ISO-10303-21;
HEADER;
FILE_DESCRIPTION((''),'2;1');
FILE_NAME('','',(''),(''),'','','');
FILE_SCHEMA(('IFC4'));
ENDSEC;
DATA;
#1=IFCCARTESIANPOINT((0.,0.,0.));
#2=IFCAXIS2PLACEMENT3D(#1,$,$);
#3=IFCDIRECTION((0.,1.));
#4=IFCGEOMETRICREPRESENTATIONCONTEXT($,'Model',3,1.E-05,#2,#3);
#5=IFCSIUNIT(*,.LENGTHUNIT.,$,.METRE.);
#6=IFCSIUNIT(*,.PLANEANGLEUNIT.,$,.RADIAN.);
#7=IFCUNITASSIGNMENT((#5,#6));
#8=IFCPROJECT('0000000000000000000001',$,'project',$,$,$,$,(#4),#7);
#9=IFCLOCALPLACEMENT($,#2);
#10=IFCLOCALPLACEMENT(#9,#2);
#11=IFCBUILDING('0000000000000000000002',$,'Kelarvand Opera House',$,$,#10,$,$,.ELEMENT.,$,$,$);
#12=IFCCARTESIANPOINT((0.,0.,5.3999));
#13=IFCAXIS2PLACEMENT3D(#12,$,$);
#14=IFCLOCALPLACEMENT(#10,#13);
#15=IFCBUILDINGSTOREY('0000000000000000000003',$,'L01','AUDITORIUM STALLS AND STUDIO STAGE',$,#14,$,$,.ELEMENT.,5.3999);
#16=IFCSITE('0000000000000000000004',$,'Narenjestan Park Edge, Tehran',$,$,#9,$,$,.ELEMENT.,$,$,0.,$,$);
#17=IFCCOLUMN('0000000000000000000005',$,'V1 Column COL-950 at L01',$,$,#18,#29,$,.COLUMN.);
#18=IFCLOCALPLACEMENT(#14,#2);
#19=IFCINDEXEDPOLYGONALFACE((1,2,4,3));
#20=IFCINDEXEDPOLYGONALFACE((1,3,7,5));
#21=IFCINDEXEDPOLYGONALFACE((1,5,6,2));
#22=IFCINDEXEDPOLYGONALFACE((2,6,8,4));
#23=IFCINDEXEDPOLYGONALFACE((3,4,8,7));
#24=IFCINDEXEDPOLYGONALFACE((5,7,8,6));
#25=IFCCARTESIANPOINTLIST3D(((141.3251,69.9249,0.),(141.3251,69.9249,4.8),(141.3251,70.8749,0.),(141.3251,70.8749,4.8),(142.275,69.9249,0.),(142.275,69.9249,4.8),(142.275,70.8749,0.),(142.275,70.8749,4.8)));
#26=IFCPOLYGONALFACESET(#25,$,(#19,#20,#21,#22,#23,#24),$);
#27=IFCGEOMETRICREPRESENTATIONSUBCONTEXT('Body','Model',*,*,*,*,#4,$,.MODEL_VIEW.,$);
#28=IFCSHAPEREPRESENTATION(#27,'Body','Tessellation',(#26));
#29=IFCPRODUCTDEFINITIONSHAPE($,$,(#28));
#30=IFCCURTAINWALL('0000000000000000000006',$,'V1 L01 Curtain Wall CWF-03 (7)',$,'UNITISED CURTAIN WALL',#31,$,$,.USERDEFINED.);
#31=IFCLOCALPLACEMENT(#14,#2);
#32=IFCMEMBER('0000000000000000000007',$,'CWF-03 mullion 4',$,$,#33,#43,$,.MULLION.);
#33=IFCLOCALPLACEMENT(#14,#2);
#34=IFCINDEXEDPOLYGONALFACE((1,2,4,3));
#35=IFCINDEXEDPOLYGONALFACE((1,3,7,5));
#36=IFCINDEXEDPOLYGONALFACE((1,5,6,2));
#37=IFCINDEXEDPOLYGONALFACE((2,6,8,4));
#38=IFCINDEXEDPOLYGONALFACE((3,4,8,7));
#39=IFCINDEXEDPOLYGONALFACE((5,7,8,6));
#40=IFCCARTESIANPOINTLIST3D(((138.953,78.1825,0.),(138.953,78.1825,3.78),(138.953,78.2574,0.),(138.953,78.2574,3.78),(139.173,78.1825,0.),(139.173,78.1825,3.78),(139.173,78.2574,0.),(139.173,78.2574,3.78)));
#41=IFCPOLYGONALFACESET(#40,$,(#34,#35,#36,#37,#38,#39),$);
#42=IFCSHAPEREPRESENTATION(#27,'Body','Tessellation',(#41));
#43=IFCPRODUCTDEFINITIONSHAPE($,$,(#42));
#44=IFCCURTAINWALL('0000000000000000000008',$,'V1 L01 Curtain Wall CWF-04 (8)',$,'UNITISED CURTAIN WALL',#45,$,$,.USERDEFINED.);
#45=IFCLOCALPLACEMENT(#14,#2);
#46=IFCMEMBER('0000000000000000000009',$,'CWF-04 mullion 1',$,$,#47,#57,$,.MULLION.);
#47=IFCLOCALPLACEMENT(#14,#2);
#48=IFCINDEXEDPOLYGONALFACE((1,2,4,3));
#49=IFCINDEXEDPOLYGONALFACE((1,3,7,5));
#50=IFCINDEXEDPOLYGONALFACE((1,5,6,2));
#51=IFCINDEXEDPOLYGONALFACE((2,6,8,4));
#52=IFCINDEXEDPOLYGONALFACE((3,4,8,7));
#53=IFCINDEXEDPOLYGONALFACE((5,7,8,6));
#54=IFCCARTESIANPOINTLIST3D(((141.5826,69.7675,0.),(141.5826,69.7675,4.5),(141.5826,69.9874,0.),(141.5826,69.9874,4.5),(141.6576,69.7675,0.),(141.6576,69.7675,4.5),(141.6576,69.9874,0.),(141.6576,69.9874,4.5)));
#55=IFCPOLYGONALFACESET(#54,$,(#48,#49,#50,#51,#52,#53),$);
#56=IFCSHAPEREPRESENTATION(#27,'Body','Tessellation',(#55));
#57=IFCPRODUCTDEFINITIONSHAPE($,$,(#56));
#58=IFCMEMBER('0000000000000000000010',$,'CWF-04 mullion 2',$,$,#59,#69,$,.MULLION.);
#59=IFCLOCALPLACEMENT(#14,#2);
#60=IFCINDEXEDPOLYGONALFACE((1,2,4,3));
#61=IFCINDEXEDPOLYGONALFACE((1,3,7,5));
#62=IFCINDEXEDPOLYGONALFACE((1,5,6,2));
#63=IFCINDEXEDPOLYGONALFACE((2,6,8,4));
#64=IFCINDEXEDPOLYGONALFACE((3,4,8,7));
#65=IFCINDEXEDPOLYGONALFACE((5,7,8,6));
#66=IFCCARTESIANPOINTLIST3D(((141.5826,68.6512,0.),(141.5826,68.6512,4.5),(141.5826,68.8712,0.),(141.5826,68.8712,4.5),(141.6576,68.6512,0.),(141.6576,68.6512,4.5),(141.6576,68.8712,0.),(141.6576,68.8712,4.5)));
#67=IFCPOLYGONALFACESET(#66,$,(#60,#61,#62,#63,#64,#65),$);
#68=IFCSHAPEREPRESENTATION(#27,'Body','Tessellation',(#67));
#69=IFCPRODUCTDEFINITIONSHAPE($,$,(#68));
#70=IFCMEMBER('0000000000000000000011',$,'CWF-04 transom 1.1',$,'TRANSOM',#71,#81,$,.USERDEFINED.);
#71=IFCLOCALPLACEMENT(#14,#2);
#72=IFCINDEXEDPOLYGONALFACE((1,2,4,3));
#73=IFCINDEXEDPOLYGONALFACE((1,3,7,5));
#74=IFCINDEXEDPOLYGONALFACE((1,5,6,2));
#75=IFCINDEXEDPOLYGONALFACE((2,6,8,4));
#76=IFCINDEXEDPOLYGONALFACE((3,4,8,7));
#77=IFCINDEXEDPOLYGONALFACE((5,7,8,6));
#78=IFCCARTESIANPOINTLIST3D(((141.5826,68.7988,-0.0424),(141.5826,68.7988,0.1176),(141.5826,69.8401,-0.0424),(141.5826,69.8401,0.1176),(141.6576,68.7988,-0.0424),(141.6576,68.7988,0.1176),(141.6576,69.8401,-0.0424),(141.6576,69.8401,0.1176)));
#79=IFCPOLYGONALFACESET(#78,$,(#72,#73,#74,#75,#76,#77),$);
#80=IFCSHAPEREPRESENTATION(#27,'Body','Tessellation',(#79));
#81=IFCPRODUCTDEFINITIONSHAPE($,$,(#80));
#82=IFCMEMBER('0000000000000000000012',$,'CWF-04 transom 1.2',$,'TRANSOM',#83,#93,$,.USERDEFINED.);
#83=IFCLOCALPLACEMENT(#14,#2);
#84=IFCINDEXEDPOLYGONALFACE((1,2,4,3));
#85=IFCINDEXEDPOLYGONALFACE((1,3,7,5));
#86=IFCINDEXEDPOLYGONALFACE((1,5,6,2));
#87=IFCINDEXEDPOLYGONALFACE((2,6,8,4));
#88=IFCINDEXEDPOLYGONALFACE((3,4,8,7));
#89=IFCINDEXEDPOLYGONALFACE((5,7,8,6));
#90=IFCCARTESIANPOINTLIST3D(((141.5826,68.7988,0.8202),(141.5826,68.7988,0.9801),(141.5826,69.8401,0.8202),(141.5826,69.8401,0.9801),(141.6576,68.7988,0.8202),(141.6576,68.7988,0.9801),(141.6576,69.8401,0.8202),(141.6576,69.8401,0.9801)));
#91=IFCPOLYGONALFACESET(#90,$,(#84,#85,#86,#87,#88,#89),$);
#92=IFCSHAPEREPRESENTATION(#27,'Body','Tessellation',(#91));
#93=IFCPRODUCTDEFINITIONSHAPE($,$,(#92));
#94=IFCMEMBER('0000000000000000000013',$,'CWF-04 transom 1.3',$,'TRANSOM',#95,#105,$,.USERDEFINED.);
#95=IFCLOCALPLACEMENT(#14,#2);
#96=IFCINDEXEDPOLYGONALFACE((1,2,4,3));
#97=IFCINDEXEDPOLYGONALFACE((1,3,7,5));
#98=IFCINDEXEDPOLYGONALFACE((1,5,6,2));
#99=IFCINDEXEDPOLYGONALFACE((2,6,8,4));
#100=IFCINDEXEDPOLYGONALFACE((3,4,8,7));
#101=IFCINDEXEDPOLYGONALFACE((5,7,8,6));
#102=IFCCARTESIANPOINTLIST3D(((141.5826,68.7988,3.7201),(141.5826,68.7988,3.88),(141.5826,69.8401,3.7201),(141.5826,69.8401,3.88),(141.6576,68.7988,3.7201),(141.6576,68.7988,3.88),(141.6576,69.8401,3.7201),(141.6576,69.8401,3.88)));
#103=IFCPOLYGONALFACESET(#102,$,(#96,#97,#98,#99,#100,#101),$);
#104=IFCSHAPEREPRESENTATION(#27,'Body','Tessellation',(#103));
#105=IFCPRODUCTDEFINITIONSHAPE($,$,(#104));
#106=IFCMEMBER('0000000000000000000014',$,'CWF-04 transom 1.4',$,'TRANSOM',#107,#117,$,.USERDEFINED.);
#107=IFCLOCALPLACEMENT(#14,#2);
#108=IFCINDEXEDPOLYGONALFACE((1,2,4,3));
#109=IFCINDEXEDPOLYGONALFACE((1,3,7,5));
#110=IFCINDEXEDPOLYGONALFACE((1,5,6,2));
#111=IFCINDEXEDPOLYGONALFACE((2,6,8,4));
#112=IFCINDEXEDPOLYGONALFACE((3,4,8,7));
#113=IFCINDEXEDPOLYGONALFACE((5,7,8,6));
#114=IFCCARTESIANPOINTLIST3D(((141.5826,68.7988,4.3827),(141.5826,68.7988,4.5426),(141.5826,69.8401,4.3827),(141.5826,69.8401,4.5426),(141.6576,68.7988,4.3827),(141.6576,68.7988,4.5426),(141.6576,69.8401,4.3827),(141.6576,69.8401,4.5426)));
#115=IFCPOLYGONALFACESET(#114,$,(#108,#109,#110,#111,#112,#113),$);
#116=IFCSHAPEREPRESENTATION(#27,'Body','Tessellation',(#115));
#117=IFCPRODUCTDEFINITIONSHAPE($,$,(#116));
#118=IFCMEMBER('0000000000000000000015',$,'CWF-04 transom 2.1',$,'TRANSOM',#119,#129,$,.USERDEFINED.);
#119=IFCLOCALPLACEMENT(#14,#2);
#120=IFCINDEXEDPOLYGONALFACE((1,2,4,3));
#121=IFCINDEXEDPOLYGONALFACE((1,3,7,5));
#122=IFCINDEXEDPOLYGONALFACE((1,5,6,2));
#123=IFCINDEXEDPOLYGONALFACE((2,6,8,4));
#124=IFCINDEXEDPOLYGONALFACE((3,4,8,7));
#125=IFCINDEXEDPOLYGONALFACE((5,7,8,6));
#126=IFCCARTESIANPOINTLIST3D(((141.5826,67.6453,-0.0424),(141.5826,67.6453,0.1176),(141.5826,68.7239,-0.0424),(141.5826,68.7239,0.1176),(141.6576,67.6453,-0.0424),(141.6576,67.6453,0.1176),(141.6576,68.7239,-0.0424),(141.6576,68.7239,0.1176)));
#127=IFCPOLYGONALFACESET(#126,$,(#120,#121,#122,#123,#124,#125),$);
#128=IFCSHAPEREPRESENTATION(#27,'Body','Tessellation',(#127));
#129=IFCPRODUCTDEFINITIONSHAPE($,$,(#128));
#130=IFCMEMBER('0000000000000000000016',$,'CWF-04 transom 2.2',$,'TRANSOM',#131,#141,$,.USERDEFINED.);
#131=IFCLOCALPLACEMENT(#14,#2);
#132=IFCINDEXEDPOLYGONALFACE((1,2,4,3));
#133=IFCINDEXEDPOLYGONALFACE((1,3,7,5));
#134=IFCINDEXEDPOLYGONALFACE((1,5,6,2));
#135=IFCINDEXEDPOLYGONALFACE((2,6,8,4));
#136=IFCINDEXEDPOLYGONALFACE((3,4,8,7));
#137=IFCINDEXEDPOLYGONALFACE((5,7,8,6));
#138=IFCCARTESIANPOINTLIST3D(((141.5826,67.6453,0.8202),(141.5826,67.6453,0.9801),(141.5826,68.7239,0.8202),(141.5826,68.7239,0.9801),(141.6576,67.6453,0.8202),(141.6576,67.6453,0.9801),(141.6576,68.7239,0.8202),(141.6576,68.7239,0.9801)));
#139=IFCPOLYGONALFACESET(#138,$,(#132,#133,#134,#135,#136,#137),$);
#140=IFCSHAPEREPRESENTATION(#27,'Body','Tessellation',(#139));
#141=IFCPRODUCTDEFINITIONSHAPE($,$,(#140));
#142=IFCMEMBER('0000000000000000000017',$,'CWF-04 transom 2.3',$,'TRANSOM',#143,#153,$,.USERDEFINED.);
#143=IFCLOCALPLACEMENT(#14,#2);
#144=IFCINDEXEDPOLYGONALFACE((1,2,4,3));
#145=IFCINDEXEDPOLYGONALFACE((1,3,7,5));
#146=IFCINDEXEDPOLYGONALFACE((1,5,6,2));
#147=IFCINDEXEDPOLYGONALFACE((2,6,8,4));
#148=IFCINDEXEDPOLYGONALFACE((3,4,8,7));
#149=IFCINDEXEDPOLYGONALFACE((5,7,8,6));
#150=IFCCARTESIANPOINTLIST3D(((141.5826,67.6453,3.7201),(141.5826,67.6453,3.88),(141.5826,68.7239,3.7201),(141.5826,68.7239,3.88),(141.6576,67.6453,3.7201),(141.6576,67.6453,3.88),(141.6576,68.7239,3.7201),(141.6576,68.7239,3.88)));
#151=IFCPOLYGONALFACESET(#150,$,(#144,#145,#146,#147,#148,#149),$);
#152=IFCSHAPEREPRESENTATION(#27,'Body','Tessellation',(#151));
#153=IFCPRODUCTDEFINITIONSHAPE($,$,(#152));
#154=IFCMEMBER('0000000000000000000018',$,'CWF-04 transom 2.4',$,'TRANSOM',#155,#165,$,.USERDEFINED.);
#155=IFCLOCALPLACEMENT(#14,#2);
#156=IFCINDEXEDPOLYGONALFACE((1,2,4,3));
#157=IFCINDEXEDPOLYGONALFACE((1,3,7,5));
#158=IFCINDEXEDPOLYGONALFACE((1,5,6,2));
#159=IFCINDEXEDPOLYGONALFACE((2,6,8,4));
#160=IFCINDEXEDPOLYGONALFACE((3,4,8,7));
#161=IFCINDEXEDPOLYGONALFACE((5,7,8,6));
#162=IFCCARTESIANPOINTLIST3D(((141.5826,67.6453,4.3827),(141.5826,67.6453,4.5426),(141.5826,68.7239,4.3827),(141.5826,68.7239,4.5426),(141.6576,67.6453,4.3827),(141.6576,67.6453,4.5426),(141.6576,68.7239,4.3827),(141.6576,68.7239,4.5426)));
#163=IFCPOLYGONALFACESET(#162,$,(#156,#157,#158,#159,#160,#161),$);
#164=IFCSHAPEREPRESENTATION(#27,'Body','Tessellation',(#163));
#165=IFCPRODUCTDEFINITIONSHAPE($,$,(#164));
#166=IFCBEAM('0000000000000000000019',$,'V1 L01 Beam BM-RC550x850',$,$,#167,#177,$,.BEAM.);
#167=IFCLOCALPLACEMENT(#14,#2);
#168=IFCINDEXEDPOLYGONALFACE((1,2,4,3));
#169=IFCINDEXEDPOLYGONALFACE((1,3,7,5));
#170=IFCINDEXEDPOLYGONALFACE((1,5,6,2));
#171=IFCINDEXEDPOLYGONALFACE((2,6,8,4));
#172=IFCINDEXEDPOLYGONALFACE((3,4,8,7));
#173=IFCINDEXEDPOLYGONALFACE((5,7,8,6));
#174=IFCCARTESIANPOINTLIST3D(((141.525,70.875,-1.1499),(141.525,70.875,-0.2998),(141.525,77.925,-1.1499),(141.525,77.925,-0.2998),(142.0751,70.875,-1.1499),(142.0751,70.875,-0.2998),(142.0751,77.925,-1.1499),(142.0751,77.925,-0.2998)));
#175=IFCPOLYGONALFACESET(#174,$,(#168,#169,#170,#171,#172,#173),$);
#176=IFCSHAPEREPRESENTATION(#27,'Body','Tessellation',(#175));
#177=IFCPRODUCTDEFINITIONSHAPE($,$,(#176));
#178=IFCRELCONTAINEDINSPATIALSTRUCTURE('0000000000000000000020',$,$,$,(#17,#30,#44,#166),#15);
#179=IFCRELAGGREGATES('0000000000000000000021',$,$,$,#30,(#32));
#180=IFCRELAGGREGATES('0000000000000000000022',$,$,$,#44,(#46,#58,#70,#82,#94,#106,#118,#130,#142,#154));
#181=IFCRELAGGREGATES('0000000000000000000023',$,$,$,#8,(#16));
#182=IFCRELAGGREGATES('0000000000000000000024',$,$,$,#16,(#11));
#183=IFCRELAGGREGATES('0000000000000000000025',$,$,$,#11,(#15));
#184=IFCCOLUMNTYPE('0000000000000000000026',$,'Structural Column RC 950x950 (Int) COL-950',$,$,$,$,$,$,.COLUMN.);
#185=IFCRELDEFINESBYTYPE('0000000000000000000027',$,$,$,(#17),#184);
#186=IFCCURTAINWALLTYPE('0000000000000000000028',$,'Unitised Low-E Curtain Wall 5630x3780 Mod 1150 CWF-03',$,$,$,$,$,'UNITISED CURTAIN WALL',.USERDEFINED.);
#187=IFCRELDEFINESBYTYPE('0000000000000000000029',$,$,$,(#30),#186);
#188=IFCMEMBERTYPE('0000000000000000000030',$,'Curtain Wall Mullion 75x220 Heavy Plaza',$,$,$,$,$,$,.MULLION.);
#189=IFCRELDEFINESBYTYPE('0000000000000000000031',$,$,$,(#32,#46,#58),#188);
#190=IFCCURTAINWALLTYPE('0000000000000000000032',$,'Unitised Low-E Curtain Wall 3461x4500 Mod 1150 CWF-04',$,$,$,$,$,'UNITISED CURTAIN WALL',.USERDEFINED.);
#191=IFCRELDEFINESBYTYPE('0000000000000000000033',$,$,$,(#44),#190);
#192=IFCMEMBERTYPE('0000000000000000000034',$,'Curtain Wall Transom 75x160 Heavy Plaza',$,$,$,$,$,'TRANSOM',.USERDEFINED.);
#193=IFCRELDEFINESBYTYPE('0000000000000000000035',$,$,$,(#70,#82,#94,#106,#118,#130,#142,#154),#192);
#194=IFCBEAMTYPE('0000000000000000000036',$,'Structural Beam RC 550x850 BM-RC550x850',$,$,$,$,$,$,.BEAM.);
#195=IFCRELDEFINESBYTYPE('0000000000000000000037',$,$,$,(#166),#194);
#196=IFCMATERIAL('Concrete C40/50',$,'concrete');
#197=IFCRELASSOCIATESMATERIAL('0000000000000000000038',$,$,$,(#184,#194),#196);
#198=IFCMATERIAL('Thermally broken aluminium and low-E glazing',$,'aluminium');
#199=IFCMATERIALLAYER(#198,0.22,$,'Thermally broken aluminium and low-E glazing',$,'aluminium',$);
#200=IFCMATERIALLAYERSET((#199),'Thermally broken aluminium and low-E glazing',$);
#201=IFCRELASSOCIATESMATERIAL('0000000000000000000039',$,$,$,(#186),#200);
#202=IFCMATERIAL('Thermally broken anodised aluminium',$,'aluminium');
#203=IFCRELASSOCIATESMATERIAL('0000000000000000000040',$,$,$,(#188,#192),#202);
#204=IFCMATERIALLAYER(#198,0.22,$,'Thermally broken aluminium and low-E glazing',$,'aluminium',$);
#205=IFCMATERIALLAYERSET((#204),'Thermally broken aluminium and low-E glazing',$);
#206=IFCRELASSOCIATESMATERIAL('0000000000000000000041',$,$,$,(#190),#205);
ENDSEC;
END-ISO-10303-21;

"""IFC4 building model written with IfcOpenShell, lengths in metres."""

from ifc_helpers import new_model, si_unit, direction, frame, origin, origin_2d, place, context, subcontext, project, spatial, rectangle, extrude, material, layer, layer_set, material_profile, profile_set, type_object, element, aggregate, save


model = new_model("IFC4")

# Units and contexts
model_context = context("Model", 3, precision=1e-05, world=origin(), true_north=direction((0.0, 1.0)))
body_context = subcontext(model_context, "Body", "Model", "MODEL_VIEW")
ifc_project = project(units=[si_unit("LENGTHUNIT", "METRE"), si_unit("PLANEANGLEUNIT", "RADIAN")], contexts=[model_context])

# Site, building, storey
site_placement = place(None, origin())
site = spatial("IfcSite", under=ifc_project, at=site_placement, Name="Narenjestan Park Edge, Tehran", CompositionType="ELEMENT", RefElevation=0.0)
building_placement = place(site_placement, origin())
building = spatial("IfcBuilding", under=site, at=building_placement, Name="Kelarvand Opera House", CompositionType="ELEMENT")
storey_placement = place(building_placement, frame((0.0, 0.0, 5.3999)))
storey = spatial("IfcBuildingStorey", under=building, at=storey_placement, Name="L01", Description="AUDITORIUM STALLS AND STUDIO STAGE", CompositionType="ELEMENT", Elevation=5.3999)

# Column
ifc_material_1 = material(Name="Concrete C40/50", Category="concrete")
ifc_material_profile_1 = material_profile(ifc_material_1, rectangle(XDim=0.95, YDim=0.95, at=origin_2d()), Name="RC 950x950", Category="concrete")
ifc_profile_set_1 = profile_set([ifc_material_profile_1], Name="Concrete C40/50")
column_type = type_object("IfcColumnType", Name="Structural Column RC 950x950 (Int) COL-950", PredefinedType="COLUMN", material=ifc_profile_set_1)
column_placement = place(storey_placement, frame((141.8, 70.3999, 0.0), z_axis=(0.0, 0.0, 1.0), x_axis=(1.0, 0.0, 0.0)))
element("IfcColumn", 1, at=column_placement, inside=storey, type_object=column_type, Name="V1 Column COL-950 at L01", PredefinedType="COLUMN", context=body_context, shape_type="SweptSolid", body=[
    extrude(rectangle(XDim=0.95, YDim=0.95, at=origin_2d()), origin(), (0.0, 0.0, 1.0), 4.8),
])

# Curtain wall, member
ifc_material_2 = material(Name="Thermally broken aluminium and low-E glazing", Category="aluminium")
ifc_layer_1 = layer(ifc_material_2, 0.22, Name="Thermally broken aluminium and low-E glazing", Category="aluminium")
ifc_layer_set_1 = layer_set([ifc_layer_1], Name="Thermally broken aluminium and low-E glazing")
curtain_wall_type_1 = type_object("IfcCurtainWallType", Name="Unitised Low-E Curtain Wall 5630x3780 Mod 1150 CWF-03", ElementType="UNITISED CURTAIN WALL", PredefinedType="USERDEFINED", material=ifc_layer_set_1)
curtain_wall_1_placement = place(storey_placement, origin())
curtain_wall_1 = element("IfcCurtainWall", 2, at=curtain_wall_1_placement, inside=storey, type_object=curtain_wall_type_1, Name="V1 L01 Curtain Wall CWF-03 (7)", ObjectType="UNITISED CURTAIN WALL", PredefinedType="USERDEFINED")
ifc_material_3 = material(Name="Thermally broken anodised aluminium", Category="aluminium")
ifc_material_profile_2 = material_profile(ifc_material_3, rectangle(XDim=0.075, YDim=0.22, at=origin_2d()), Name="ALU MULLION 75x220", Category="aluminium")
ifc_profile_set_2 = profile_set([ifc_material_profile_2], Name="Thermally broken anodised aluminium")
member_type_1 = type_object("IfcMemberType", Name="Curtain Wall Mullion 75x220 Heavy Plaza", PredefinedType="MULLION", material=ifc_profile_set_2)
member_1_placement = place(storey_placement, frame((139.063, 78.22, 0.0), z_axis=(0.0, 0.0, 1.0), x_axis=(0.0, 1.0, 0.0)))
member_1 = element("IfcMember", 3, at=member_1_placement, type_object=member_type_1, Name="CWF-03 mullion 4", PredefinedType="MULLION", context=body_context, shape_type="SweptSolid", body=[
    extrude(rectangle(XDim=0.075, YDim=0.22, at=origin_2d()), origin(), (0.0, 0.0, 1.0), 3.78),
])

# Curtain wall, members
ifc_layer_2 = layer(ifc_material_2, 0.22, Name="Thermally broken aluminium and low-E glazing", Category="aluminium")
ifc_layer_set_2 = layer_set([ifc_layer_2], Name="Thermally broken aluminium and low-E glazing")
curtain_wall_type_2 = type_object("IfcCurtainWallType", Name="Unitised Low-E Curtain Wall 3461x4500 Mod 1150 CWF-04", ElementType="UNITISED CURTAIN WALL", PredefinedType="USERDEFINED", material=ifc_layer_set_2)
curtain_wall_2_placement = place(storey_placement, origin())
curtain_wall_2 = element("IfcCurtainWall", 4, at=curtain_wall_2_placement, inside=storey, type_object=curtain_wall_type_2, Name="V1 L01 Curtain Wall CWF-04 (8)", ObjectType="UNITISED CURTAIN WALL", PredefinedType="USERDEFINED")
member_2_placement = place(storey_placement, frame((141.6201, 69.8774, 0.0), z_axis=(0.0, 0.0, 1.0), x_axis=(1.0, 0.0, 0.0)))
member_2 = element("IfcMember", 5, at=member_2_placement, type_object=member_type_1, Name="CWF-04 mullion 1", PredefinedType="MULLION", context=body_context, shape_type="SweptSolid", body=[
    extrude(rectangle(XDim=0.075, YDim=0.22, at=origin_2d()), origin(), (0.0, 0.0, 1.0), 4.5),
])
member_3_placement = place(storey_placement, frame((141.6201, 68.7612, 0.0), z_axis=(0.0, 0.0, 1.0), x_axis=(1.0, 0.0, 0.0)))
member_3 = element("IfcMember", 6, at=member_3_placement, type_object=member_type_1, Name="CWF-04 mullion 2", PredefinedType="MULLION", context=body_context, shape_type="SweptSolid", body=[
    extrude(rectangle(XDim=0.075, YDim=0.22, at=origin_2d()), origin(), (0.0, 0.0, 1.0), 4.5),
])
ifc_material_profile_3 = material_profile(ifc_material_3, rectangle(XDim=0.075, YDim=0.1599, at=origin_2d()), Name="ALU TRANSOM 75x160", Category="aluminium")
ifc_profile_set_3 = profile_set([ifc_material_profile_3], Name="Thermally broken anodised aluminium")
member_type_2 = type_object("IfcMemberType", Name="Curtain Wall Transom 75x160 Heavy Plaza", ElementType="TRANSOM", PredefinedType="USERDEFINED", material=ifc_profile_set_3)
member_4_placement = place(storey_placement, frame((141.6201, 69.8401, 0.0376), z_axis=(0.0, -1.0, 0.0), x_axis=(1.0, 0.0, 0.0)))
member_4 = element("IfcMember", 7, at=member_4_placement, type_object=member_type_2, Name="CWF-04 transom 1.1", ObjectType="TRANSOM", PredefinedType="USERDEFINED", context=body_context, shape_type="SweptSolid", body=[
    extrude(rectangle(XDim=0.075, YDim=0.1599, at=origin_2d()), origin(), (0.0, 0.0, 1.0), 1.0413),
])
member_5_placement = place(storey_placement, frame((141.6201, 69.8401, 0.9001), z_axis=(0.0, -1.0, 0.0), x_axis=(1.0, 0.0, 0.0)))
member_5 = element("IfcMember", 8, at=member_5_placement, type_object=member_type_2, Name="CWF-04 transom 1.2", ObjectType="TRANSOM", PredefinedType="USERDEFINED", context=body_context, shape_type="SweptSolid", body=[
    extrude(rectangle(XDim=0.075, YDim=0.1599, at=origin_2d()), origin(), (0.0, 0.0, 1.0), 1.0413),
])
member_6_placement = place(storey_placement, frame((141.6201, 69.8401, 3.8), z_axis=(0.0, -1.0, 0.0), x_axis=(1.0, 0.0, 0.0)))
member_6 = element("IfcMember", 9, at=member_6_placement, type_object=member_type_2, Name="CWF-04 transom 1.3", ObjectType="TRANSOM", PredefinedType="USERDEFINED", context=body_context, shape_type="SweptSolid", body=[
    extrude(rectangle(XDim=0.075, YDim=0.1599, at=origin_2d()), origin(), (0.0, 0.0, 1.0), 1.0413),
])
member_7_placement = place(storey_placement, frame((141.6201, 69.8401, 4.4626), z_axis=(0.0, -1.0, 0.0), x_axis=(1.0, 0.0, 0.0)))
member_7 = element("IfcMember", 10, at=member_7_placement, type_object=member_type_2, Name="CWF-04 transom 1.4", ObjectType="TRANSOM", PredefinedType="USERDEFINED", context=body_context, shape_type="SweptSolid", body=[
    extrude(rectangle(XDim=0.075, YDim=0.1599, at=origin_2d()), origin(), (0.0, 0.0, 1.0), 1.0413),
])
member_8_placement = place(storey_placement, frame((141.6201, 68.7239, 0.0376), z_axis=(0.0, -1.0, 0.0), x_axis=(1.0, 0.0, 0.0)))
member_8 = element("IfcMember", 11, at=member_8_placement, type_object=member_type_2, Name="CWF-04 transom 2.1", ObjectType="TRANSOM", PredefinedType="USERDEFINED", context=body_context, shape_type="SweptSolid", body=[
    extrude(rectangle(XDim=0.075, YDim=0.1599, at=origin_2d()), origin(), (0.0, 0.0, 1.0), 1.0786),
])
member_9_placement = place(storey_placement, frame((141.6201, 68.7239, 0.9001), z_axis=(0.0, -1.0, 0.0), x_axis=(1.0, 0.0, 0.0)))
member_9 = element("IfcMember", 12, at=member_9_placement, type_object=member_type_2, Name="CWF-04 transom 2.2", ObjectType="TRANSOM", PredefinedType="USERDEFINED", context=body_context, shape_type="SweptSolid", body=[
    extrude(rectangle(XDim=0.075, YDim=0.1599, at=origin_2d()), origin(), (0.0, 0.0, 1.0), 1.0786),
])
member_10_placement = place(storey_placement, frame((141.6201, 68.7239, 3.8), z_axis=(0.0, -1.0, 0.0), x_axis=(1.0, 0.0, 0.0)))
member_10 = element("IfcMember", 13, at=member_10_placement, type_object=member_type_2, Name="CWF-04 transom 2.3", ObjectType="TRANSOM", PredefinedType="USERDEFINED", context=body_context, shape_type="SweptSolid", body=[
    extrude(rectangle(XDim=0.075, YDim=0.1599, at=origin_2d()), origin(), (0.0, 0.0, 1.0), 1.0786),
])
member_11_placement = place(storey_placement, frame((141.6201, 68.7239, 4.4626), z_axis=(0.0, -1.0, 0.0), x_axis=(1.0, 0.0, 0.0)))
member_11 = element("IfcMember", 14, at=member_11_placement, type_object=member_type_2, Name="CWF-04 transom 2.4", ObjectType="TRANSOM", PredefinedType="USERDEFINED", context=body_context, shape_type="SweptSolid", body=[
    extrude(rectangle(XDim=0.075, YDim=0.1599, at=origin_2d()), origin(), (0.0, 0.0, 1.0), 1.0786),
])

# Beam
ifc_material_profile_4 = material_profile(ifc_material_1, rectangle(XDim=0.55, YDim=0.8501, at=origin_2d()), Name="RC 550x850", Category="concrete")
ifc_profile_set_4 = profile_set([ifc_material_profile_4], Name="Concrete C40/50")
beam_type = type_object("IfcBeamType", Name="Structural Beam RC 550x850 BM-RC550x850", PredefinedType="BEAM", material=ifc_profile_set_4)
beam_placement = place(storey_placement, frame((141.8, 70.875, -0.7249), z_axis=(0.0, 1.0, 0.0), x_axis=(-1.0, 0.0, 0.0)))
element("IfcBeam", 15, at=beam_placement, inside=storey, type_object=beam_type, Name="V1 L01 Beam BM-RC550x850", PredefinedType="BEAM", context=body_context, shape_type="SweptSolid", body=[
    extrude(rectangle(XDim=0.55, YDim=0.8501, at=origin_2d()), origin(), (0.0, 0.0, 1.0), 7.05),
])

aggregate(curtain_wall_1, [member_1])
aggregate(curtain_wall_2, [member_2, member_3, member_4, member_5, member_6, member_7, member_8, member_9, member_10, member_11])

save(model, "model.ifc")
